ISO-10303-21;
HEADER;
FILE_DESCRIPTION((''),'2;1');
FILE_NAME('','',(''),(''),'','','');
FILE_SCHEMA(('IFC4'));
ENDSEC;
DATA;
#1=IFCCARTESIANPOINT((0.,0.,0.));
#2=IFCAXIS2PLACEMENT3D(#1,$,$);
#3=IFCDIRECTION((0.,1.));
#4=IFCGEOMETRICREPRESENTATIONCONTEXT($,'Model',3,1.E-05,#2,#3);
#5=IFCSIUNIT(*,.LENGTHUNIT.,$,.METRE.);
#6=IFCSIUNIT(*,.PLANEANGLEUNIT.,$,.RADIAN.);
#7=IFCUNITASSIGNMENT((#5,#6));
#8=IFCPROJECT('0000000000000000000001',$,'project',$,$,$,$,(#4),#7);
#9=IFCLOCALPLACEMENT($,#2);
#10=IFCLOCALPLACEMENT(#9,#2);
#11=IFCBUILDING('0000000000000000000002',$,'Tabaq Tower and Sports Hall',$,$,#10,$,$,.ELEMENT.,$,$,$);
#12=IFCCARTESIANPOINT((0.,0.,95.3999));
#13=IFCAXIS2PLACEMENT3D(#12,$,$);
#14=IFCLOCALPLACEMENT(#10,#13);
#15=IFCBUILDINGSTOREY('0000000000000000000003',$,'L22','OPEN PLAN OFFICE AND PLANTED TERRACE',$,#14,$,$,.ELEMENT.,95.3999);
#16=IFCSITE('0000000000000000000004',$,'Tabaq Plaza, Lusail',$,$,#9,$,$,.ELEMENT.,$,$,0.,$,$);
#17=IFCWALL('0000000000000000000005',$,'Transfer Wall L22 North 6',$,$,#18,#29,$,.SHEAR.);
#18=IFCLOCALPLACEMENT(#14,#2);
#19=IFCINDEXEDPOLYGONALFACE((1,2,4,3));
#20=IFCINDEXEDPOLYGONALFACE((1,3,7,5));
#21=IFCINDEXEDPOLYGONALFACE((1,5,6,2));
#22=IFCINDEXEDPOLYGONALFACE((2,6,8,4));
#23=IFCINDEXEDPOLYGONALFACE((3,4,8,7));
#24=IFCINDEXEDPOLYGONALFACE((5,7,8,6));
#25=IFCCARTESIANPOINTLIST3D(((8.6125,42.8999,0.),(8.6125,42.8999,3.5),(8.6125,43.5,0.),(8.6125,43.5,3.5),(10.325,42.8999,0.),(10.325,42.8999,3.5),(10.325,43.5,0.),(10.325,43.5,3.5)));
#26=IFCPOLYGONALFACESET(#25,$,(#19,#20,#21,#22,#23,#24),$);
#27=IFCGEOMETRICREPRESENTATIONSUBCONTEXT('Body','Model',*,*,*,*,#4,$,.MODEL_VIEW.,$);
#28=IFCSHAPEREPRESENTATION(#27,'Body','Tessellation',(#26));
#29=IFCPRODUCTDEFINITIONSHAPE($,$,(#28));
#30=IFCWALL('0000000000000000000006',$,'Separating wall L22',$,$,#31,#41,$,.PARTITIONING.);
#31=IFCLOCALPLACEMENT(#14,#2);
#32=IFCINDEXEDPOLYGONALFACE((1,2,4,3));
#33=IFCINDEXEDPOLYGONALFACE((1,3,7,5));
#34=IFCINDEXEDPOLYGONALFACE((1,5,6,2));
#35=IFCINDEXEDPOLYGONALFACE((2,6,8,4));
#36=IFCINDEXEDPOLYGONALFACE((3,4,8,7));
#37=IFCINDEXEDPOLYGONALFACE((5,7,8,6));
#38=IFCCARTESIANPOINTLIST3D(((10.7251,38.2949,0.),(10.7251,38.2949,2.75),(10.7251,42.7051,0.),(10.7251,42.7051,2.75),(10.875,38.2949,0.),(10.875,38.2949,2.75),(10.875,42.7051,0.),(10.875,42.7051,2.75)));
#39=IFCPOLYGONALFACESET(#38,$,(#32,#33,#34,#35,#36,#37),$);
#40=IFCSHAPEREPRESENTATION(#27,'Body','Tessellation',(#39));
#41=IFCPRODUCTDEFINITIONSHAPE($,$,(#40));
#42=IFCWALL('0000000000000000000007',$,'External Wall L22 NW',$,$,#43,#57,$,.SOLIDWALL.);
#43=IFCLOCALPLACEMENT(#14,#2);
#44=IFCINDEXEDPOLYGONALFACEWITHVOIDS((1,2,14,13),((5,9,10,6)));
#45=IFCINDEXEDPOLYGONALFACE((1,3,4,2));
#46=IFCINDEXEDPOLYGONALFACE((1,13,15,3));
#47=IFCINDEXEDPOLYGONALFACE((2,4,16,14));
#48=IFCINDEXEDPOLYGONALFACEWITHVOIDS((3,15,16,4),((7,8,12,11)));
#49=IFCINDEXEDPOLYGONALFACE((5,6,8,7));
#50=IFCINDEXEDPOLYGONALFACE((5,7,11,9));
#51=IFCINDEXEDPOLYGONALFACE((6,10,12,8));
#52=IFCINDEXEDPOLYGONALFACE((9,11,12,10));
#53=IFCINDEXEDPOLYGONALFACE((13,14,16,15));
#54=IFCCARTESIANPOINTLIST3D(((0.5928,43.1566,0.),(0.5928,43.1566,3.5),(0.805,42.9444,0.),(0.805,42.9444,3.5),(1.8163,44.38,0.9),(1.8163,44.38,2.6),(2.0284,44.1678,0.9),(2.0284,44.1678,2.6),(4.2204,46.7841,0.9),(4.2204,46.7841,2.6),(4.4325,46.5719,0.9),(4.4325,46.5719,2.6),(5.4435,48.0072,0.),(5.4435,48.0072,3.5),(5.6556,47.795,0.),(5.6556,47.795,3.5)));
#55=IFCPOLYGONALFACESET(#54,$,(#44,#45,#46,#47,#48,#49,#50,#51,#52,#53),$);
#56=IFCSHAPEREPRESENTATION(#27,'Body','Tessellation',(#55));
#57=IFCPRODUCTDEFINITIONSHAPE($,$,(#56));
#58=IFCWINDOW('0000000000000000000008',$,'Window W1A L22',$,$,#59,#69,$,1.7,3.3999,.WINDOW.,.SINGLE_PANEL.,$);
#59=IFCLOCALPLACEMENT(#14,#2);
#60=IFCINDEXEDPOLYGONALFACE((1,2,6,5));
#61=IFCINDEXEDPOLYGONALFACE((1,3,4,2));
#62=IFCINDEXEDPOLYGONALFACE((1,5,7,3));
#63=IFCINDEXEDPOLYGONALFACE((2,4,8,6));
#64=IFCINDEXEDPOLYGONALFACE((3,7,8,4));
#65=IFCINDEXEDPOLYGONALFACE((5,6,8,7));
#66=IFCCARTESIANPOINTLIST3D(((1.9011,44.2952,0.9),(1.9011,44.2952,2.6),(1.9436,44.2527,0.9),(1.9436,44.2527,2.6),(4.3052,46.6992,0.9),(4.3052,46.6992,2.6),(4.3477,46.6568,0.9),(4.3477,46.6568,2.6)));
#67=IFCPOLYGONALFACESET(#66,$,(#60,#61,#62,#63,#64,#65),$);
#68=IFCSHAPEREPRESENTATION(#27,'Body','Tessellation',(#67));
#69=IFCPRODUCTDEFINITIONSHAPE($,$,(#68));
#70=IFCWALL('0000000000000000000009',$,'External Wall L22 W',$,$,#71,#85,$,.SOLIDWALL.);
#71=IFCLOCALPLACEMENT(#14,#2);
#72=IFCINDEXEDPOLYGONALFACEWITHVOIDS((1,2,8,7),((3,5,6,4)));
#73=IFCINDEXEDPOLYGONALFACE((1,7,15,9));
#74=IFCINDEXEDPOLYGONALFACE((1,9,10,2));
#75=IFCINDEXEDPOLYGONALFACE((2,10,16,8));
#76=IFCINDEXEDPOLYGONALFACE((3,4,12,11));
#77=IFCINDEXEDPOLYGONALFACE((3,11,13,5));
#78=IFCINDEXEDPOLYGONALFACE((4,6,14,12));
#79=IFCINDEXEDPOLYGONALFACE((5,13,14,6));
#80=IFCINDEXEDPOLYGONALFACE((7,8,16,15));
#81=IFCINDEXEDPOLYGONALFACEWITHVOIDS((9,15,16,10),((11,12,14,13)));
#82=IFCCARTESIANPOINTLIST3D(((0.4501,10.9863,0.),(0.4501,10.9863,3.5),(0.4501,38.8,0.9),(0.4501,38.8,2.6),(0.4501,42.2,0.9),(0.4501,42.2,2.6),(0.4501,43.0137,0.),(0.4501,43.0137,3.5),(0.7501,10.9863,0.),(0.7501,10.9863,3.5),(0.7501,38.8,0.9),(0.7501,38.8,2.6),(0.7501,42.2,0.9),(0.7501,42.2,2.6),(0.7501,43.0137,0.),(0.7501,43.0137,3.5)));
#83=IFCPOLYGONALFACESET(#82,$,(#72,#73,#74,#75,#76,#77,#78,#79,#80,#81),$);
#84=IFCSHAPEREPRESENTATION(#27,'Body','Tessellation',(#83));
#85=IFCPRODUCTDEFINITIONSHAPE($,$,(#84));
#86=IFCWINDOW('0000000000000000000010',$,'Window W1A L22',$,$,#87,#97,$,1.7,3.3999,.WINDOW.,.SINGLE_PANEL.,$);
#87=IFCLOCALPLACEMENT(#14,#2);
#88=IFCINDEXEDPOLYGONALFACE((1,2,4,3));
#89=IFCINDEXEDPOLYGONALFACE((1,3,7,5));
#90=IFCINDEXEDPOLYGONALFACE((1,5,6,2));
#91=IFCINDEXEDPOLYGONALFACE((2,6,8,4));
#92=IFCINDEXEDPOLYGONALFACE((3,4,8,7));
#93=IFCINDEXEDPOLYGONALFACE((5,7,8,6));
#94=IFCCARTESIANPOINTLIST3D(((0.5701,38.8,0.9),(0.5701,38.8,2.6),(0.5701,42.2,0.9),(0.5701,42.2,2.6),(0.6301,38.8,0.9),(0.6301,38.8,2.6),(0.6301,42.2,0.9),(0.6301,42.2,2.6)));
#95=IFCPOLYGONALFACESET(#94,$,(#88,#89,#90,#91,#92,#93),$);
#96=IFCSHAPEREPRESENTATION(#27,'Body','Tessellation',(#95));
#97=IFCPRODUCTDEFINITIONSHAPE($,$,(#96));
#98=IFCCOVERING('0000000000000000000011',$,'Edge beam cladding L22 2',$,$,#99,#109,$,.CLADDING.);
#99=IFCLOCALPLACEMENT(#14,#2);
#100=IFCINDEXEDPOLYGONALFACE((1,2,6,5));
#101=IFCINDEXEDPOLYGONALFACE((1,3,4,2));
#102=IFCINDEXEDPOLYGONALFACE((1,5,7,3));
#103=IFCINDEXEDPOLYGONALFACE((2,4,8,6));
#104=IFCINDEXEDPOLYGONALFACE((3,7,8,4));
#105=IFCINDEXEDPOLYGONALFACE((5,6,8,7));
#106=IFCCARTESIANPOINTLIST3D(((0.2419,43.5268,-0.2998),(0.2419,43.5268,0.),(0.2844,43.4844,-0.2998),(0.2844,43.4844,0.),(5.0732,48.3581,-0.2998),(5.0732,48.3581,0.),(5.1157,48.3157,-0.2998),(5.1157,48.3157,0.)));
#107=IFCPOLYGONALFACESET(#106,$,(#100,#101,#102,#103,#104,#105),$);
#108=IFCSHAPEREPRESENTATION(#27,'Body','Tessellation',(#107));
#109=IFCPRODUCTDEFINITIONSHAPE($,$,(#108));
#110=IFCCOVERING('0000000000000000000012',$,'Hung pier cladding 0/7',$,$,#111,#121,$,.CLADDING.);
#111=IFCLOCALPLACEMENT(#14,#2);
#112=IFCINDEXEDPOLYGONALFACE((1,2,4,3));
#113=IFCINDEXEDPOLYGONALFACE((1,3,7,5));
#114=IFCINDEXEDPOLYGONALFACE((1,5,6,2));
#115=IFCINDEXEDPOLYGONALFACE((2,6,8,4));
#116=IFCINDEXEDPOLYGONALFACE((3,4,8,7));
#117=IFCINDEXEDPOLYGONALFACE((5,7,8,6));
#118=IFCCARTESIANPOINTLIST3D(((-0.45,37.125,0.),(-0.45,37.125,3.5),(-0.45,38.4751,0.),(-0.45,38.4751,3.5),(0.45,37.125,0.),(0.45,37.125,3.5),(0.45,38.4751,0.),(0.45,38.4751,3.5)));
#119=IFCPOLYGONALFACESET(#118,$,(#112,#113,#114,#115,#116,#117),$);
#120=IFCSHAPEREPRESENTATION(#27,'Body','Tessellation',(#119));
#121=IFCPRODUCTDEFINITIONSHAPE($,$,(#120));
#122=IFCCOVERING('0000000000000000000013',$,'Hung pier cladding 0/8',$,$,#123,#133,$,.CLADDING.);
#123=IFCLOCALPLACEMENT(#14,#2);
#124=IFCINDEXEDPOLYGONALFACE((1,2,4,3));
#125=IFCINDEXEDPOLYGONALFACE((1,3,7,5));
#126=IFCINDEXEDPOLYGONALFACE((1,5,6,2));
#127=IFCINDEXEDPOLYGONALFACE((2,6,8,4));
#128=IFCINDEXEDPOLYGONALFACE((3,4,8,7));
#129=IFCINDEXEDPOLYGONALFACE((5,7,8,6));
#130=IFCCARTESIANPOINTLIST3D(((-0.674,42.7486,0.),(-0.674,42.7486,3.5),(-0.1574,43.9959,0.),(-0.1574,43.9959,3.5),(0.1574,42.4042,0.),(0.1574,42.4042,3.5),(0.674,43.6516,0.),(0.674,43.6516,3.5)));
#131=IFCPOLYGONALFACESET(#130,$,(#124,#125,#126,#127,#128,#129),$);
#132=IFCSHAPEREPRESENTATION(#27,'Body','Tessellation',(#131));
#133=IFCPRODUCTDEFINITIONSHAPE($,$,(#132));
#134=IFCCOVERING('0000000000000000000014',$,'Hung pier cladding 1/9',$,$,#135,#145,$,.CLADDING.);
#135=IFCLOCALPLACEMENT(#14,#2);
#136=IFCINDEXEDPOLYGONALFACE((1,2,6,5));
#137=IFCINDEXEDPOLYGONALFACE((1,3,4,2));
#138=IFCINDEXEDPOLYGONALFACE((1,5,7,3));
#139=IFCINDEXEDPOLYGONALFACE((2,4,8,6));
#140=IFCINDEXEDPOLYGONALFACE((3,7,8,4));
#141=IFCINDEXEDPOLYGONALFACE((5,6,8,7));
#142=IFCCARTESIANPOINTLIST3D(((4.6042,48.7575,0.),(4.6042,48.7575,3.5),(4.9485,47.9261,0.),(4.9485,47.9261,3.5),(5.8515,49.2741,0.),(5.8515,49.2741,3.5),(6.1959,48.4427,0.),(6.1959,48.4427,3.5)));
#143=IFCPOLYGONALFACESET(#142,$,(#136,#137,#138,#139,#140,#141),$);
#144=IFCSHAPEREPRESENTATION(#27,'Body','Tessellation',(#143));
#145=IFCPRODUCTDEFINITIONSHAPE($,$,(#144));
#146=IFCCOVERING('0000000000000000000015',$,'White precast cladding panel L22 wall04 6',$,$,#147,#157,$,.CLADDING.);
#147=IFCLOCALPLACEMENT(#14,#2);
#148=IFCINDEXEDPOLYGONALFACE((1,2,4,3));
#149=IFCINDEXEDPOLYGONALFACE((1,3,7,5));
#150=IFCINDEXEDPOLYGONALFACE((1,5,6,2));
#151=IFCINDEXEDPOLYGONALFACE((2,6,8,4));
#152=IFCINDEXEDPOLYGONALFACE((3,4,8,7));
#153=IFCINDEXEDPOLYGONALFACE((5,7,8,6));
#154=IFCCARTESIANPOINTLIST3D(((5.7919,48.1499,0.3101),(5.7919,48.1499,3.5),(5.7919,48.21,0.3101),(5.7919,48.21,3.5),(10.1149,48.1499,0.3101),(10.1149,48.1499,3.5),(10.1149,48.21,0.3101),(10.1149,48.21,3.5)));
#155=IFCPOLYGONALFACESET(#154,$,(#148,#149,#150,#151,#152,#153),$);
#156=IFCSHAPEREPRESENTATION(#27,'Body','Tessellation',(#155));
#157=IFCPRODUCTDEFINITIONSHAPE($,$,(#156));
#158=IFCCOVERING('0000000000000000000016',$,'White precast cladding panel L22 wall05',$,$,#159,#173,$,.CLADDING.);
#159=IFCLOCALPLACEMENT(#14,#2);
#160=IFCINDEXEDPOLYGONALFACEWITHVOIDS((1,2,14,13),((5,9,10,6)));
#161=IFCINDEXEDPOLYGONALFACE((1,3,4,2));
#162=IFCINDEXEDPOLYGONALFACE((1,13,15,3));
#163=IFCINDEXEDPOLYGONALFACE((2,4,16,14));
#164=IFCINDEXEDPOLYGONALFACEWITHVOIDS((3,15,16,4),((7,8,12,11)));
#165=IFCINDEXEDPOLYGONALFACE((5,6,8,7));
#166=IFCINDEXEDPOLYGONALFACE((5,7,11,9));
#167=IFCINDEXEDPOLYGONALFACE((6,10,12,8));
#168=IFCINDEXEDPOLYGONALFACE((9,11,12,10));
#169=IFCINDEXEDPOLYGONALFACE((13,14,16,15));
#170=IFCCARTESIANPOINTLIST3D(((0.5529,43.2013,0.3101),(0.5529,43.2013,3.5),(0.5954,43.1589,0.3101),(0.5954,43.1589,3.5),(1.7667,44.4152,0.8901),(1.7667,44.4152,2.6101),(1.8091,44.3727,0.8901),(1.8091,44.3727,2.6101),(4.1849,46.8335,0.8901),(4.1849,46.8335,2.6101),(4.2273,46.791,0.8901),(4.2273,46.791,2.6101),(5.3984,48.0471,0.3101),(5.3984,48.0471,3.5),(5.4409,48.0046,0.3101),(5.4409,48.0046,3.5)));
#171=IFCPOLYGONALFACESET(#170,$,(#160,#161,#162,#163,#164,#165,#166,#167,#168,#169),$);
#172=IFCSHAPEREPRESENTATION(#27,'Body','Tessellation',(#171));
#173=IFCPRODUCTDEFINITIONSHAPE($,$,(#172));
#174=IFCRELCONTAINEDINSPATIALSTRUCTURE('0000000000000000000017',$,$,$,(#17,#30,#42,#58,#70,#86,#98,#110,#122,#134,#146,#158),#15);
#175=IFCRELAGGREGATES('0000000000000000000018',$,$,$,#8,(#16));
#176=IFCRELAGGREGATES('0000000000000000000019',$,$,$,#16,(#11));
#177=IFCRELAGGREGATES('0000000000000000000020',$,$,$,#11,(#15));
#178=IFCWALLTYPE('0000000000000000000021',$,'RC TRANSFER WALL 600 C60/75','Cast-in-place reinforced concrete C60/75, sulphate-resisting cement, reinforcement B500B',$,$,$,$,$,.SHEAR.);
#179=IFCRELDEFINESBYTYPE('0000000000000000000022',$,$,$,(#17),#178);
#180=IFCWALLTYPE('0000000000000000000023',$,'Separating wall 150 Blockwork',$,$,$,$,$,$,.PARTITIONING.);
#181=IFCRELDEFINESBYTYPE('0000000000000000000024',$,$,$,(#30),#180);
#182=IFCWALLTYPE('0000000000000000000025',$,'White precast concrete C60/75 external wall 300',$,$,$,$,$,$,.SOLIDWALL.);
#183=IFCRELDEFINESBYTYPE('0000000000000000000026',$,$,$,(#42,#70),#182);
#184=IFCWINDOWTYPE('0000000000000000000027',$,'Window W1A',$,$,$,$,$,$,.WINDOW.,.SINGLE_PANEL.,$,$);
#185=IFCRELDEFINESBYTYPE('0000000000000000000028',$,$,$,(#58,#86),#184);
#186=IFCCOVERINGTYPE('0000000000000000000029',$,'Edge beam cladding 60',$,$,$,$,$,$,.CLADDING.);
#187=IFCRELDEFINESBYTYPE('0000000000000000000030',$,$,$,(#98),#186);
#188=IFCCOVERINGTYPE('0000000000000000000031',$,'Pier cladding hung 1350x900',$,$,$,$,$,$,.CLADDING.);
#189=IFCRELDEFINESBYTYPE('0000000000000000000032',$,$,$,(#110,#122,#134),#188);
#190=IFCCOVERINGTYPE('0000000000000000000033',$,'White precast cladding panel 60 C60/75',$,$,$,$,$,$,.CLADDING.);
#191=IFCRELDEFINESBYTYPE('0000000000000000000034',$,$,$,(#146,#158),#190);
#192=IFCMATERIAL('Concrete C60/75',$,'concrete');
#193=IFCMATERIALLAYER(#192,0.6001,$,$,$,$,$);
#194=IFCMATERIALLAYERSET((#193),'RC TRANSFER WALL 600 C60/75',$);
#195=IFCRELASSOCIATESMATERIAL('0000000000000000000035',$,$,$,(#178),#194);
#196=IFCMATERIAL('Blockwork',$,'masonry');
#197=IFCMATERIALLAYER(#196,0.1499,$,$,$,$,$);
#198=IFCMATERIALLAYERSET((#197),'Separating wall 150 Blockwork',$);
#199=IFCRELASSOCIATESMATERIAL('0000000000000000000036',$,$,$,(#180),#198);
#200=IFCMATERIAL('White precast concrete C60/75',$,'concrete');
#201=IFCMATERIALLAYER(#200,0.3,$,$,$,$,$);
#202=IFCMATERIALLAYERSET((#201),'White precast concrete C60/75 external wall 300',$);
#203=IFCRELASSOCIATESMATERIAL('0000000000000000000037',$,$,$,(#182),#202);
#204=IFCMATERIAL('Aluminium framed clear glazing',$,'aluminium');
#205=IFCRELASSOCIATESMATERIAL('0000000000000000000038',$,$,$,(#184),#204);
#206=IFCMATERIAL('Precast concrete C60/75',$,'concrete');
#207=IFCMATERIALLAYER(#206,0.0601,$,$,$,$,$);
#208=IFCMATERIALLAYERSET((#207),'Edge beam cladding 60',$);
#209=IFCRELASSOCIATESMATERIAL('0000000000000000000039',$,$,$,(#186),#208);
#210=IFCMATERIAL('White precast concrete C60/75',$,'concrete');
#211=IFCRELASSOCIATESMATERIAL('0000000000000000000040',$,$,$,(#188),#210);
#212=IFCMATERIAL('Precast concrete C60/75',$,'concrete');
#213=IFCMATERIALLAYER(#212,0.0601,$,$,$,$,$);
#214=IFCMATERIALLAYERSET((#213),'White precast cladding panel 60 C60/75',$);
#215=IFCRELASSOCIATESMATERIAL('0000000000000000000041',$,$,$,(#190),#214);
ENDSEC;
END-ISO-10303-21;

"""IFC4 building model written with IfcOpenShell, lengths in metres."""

from ifc_helpers import new_model, si_unit, direction, frame, frame_2d, origin, place, context, subcontext, project, spatial, polyline, rectangle, outline, extrude, material, layer, layer_set, type_object, element, fill, save


model = new_model("IFC4")

# Units and contexts
model_context = context("Model", 3, precision=1e-05, world=origin(), true_north=direction((0.0, 1.0)))
body_context = subcontext(model_context, "Body", "Model", "MODEL_VIEW")
ifc_project = project(units=[si_unit("LENGTHUNIT", "METRE"), si_unit("PLANEANGLEUNIT", "RADIAN")], contexts=[model_context])

# Site, building, storey
site_placement = place(None, origin())
site = spatial("IfcSite", under=ifc_project, at=site_placement, Name="Tabaq Plaza, Lusail", CompositionType="ELEMENT", RefElevation=0.0)
building_placement = place(site_placement, origin())
building = spatial("IfcBuilding", under=site, at=building_placement, Name="Tabaq Tower and Sports Hall", CompositionType="ELEMENT")
storey_placement = place(building_placement, frame((0.0, 0.0, 95.3999)))
storey = spatial("IfcBuildingStorey", under=building, at=storey_placement, Name="L22", Description="OPEN PLAN OFFICE AND PLANTED TERRACE", CompositionType="ELEMENT", Elevation=95.3999)

# Walls
ifc_material_1 = material(Name="Concrete C60/75", Category="concrete")
ifc_layer_1 = layer(ifc_material_1, 0.6001)
ifc_layer_set_1 = layer_set([ifc_layer_1], Name="RC TRANSFER WALL 600 C60/75")
wall_type_1 = type_object("IfcWallType", Name="RC TRANSFER WALL 600 C60/75", Description="Cast-in-place reinforced concrete C60/75, sulphate-resisting cement, reinforcement B500B", PredefinedType="SHEAR", material=ifc_layer_set_1)
wall_1_placement = place(storey_placement, frame((8.6125, 43.2, 0.0), z_axis=(0.0, 0.0, 1.0), x_axis=(1.0, 0.0, 0.0)))
element("IfcWall", 1, at=wall_1_placement, inside=storey, type_object=wall_type_1, Name="Transfer Wall L22 North 6", PredefinedType="SHEAR", context=body_context, shape_type="SweptSolid", body=[
    extrude(rectangle(XDim=1.7124, YDim=0.6001, at=frame_2d((0.8562, 0.0))), origin(), (0.0, 0.0, 1.0), 3.5),
])
ifc_material_2 = material(Name="Blockwork", Category="masonry")
ifc_layer_2 = layer(ifc_material_2, 0.1499)
ifc_layer_set_2 = layer_set([ifc_layer_2], Name="Separating wall 150 Blockwork")
wall_type_2 = type_object("IfcWallType", Name="Separating wall 150 Blockwork", PredefinedType="PARTITIONING", material=ifc_layer_set_2)
wall_2_placement = place(storey_placement, frame((10.8, 38.2949, 0.0), z_axis=(0.0, 0.0, 1.0), x_axis=(0.0, 1.0, 0.0)))
element("IfcWall", 2, at=wall_2_placement, inside=storey, type_object=wall_type_2, Name="Separating wall L22", PredefinedType="PARTITIONING", context=body_context, shape_type="SweptSolid", body=[
    extrude(rectangle(XDim=4.4102, YDim=0.1499, at=frame_2d((2.2051, 0.0))), origin(), (0.0, 0.0, 1.0), 2.75),
])

# Walls, openings, windows
ifc_material_3 = material(Name="White precast concrete C60/75", Category="concrete")
ifc_layer_3 = layer(ifc_material_3, 0.3)
ifc_layer_set_3 = layer_set([ifc_layer_3], Name="White precast concrete C60/75 external wall 300")
wall_type_3 = type_object("IfcWallType", Name="White precast concrete C60/75 external wall 300", PredefinedType="SOLIDWALL", material=ifc_layer_set_3)
wall_3_placement = place(storey_placement, frame((5.5496, 47.9011, 0.0), z_axis=(0.0, 0.0, 1.0), x_axis=(-0.707107, -0.707107, 0.0)))
wall_3 = element("IfcWall", 3, at=wall_3_placement, inside=storey, type_object=wall_type_3, Name="External Wall L22 NW", PredefinedType="SOLIDWALL", context=body_context, shape_type="SweptSolid", body=[
    extrude(rectangle(XDim=6.8599, YDim=0.3, at=frame_2d((3.4299, 0.0))), origin(), (0.0, 0.0, 1.0), 3.5),
])
opening_1_placement = place(wall_3_placement, frame((1.7297, 0.0, 0.8999)))
opening_1 = element("IfcOpeningElement", 4, at=opening_1_placement, cuts=wall_3, PredefinedType="OPENING", context=body_context, shape_type="SweptSolid", body=[
    extrude(rectangle(XDim=3.3999, YDim=1.7, at=frame_2d((1.7, 0.8501))), frame((0.0, 0.1602, 0.0), z_axis=(0.0, -1.0, 0.0), x_axis=(1.0, 0.0, 0.0)), (0.0, 0.0, 1.0), 0.3201),
])
ifc_material_4 = material(Name="Aluminium framed clear glazing", Category="aluminium")
window_type = type_object("IfcWindowType", Name="Window W1A", PartitioningType="SINGLE_PANEL", PredefinedType="WINDOW", material=ifc_material_4)
window_1_placement = place(opening_1_placement, origin())
window_1 = element("IfcWindow", 5, at=window_1_placement, inside=storey, type_object=window_type, Name="Window W1A L22", OverallHeight=1.7, OverallWidth=3.3999, PartitioningType="SINGLE_PANEL", PredefinedType="WINDOW", context=body_context, shape_type="SweptSolid", body=[
    extrude(rectangle(XDim=3.3999, YDim=1.7, at=frame_2d((1.7, 0.8501))), frame((0.0, 0.03, 0.0), z_axis=(0.0, -1.0, 0.0), x_axis=(1.0, 0.0, 0.0)), (0.0, 0.0, 1.0), 0.0601),
])
fill(opening_1, window_1)
wall_4_placement = place(storey_placement, frame((0.6001, 43.0137, 0.0), z_axis=(0.0, 0.0, 1.0), x_axis=(0.0, -1.0, 0.0)))
wall_4 = element("IfcWall", 6, at=wall_4_placement, inside=storey, type_object=wall_type_3, Name="External Wall L22 W", PredefinedType="SOLIDWALL", context=body_context, shape_type="SweptSolid", body=[
    extrude(rectangle(XDim=32.0273, YDim=0.3, at=frame_2d((16.0137, 0.0))), origin(), (0.0, 0.0, 1.0), 3.5),
])
opening_2_placement = place(wall_4_placement, frame((0.8137, 0.0, 0.8999)))
opening_2 = element("IfcOpeningElement", 7, at=opening_2_placement, cuts=wall_4, PredefinedType="OPENING", context=body_context, shape_type="SweptSolid", body=[
    extrude(rectangle(XDim=3.3999, YDim=1.7, at=frame_2d((1.7, 0.8501))), frame((0.0, 0.1602, 0.0), z_axis=(0.0, -1.0, 0.0), x_axis=(1.0, 0.0, 0.0)), (0.0, 0.0, 1.0), 0.3201),
])
window_2_placement = place(opening_2_placement, origin())
window_2 = element("IfcWindow", 8, at=window_2_placement, inside=storey, type_object=window_type, Name="Window W1A L22", OverallHeight=1.7, OverallWidth=3.3999, PartitioningType="SINGLE_PANEL", PredefinedType="WINDOW", context=body_context, shape_type="SweptSolid", body=[
    extrude(rectangle(XDim=3.3999, YDim=1.7, at=frame_2d((1.7, 0.8501))), frame((0.0, 0.03, 0.0), z_axis=(0.0, -1.0, 0.0), x_axis=(1.0, 0.0, 0.0)), (0.0, 0.0, 1.0), 0.0601),
])
fill(opening_2, window_2)

# Coverings
ifc_material_5 = material(Name="Precast concrete C60/75", Category="concrete")
ifc_layer_4 = layer(ifc_material_5, 0.0601)
ifc_layer_set_4 = layer_set([ifc_layer_4], Name="Edge beam cladding 60")
covering_type_1 = type_object("IfcCoveringType", Name="Edge beam cladding 60", PredefinedType="CLADDING", material=ifc_layer_set_4)
covering_1_placement = place(storey_placement, frame((5.0945, 48.3369, -0.2998), z_axis=(0.0, 0.0, 1.0), x_axis=(-0.707107, -0.707107, 0.0)))
element("IfcCovering", 9, at=covering_1_placement, inside=storey, type_object=covering_type_1, Name="Edge beam cladding L22 2", PredefinedType="CLADDING", context=body_context, shape_type="SweptSolid", body=[
    extrude(rectangle(XDim=6.8325, YDim=0.0601, at=frame_2d((3.4163, 0.0))), origin(), (0.0, 0.0, 1.0), 0.2998),
])
ifc_material_6 = material(Name="White precast concrete C60/75", Category="concrete")
covering_type_2 = type_object("IfcCoveringType", Name="Pier cladding hung 1350x900", PredefinedType="CLADDING", material=ifc_material_6)
for number, where, z_axis, x_axis, name in (
    (10, (0.0, 38.4751, 0.0), (0.0, 0.0, 1.0), (0.0, -1.0, 0.0), "Hung pier cladding 0/7"),
    (11, (0.2583, 43.8237, 0.0), (0.0, 0.0, 1.0), (-0.38265, -0.923893, 0.0), "Hung pier cladding 0/8"),
    (12, (6.0237, 48.8584, 0.0), (0.0, 0.0, 1.0), (-0.923893, -0.38265, 0.0), "Hung pier cladding 1/9"),
):
    element("IfcCovering", number, at=place(storey_placement, frame(where, z_axis=z_axis, x_axis=x_axis)), inside=storey, type_object=covering_type_2, Name=name, PredefinedType="CLADDING", context=body_context, shape_type="SweptSolid", body=[
        extrude(rectangle(XDim=1.3501, YDim=0.8999, at=frame_2d((0.675, 0.0))), origin(), (0.0, 0.0, 1.0), 3.5),
    ])
ifc_material_7 = material(Name="Precast concrete C60/75", Category="concrete")
ifc_layer_5 = layer(ifc_material_7, 0.0601)
ifc_layer_set_5 = layer_set([ifc_layer_5], Name="White precast cladding panel 60 C60/75")
covering_type_3 = type_object("IfcCoveringType", Name="White precast cladding panel 60 C60/75", PredefinedType="CLADDING", material=ifc_layer_set_5)
covering_2_placement = place(storey_placement, frame((10.115, 48.1799, 0.3101), z_axis=(0.0, 0.0, 1.0), x_axis=(-1.0, 0.0, 0.0)))
element("IfcCovering", 13, at=covering_2_placement, inside=storey, type_object=covering_type_3, Name="White precast cladding panel L22 wall04 6", PredefinedType="CLADDING", context=body_context, shape_type="SweptSolid", body=[
    extrude(rectangle(XDim=4.323, YDim=0.0601, at=frame_2d((2.1616, 0.0))), origin(), (0.0, 0.0, 1.0), 3.1899),
])
covering_3_placement = place(storey_placement, frame((5.4197, 48.0259, 0.3101), z_axis=(0.0, 0.0, 1.0), x_axis=(-0.707089, -0.707125, 0.0)))
element("IfcCovering", 14, at=covering_3_placement, inside=storey, type_object=covering_type_3, Name="White precast cladding panel L22 wall05", PredefinedType="CLADDING", context=body_context, shape_type="SweptSolid", body=[
    extrude(outline(polyline([(0.0, 0.0), (6.8528, 0.0), (6.8528, 3.1899), (0.0, 3.1899), (0.0, 0.0)]), holes=[polyline([(1.7163, 0.5801), (1.7163, 2.3), (5.1362, 2.3), (5.1362, 0.5801), (1.7163, 0.5801)])]), frame((0.0, 0.03, 0.0), z_axis=(0.0, -1.0, 0.0), x_axis=(1.0, 0.0, 0.0)), (0.0, 0.0, 1.0), 0.0601),
])

save(model, "model.ifc")
